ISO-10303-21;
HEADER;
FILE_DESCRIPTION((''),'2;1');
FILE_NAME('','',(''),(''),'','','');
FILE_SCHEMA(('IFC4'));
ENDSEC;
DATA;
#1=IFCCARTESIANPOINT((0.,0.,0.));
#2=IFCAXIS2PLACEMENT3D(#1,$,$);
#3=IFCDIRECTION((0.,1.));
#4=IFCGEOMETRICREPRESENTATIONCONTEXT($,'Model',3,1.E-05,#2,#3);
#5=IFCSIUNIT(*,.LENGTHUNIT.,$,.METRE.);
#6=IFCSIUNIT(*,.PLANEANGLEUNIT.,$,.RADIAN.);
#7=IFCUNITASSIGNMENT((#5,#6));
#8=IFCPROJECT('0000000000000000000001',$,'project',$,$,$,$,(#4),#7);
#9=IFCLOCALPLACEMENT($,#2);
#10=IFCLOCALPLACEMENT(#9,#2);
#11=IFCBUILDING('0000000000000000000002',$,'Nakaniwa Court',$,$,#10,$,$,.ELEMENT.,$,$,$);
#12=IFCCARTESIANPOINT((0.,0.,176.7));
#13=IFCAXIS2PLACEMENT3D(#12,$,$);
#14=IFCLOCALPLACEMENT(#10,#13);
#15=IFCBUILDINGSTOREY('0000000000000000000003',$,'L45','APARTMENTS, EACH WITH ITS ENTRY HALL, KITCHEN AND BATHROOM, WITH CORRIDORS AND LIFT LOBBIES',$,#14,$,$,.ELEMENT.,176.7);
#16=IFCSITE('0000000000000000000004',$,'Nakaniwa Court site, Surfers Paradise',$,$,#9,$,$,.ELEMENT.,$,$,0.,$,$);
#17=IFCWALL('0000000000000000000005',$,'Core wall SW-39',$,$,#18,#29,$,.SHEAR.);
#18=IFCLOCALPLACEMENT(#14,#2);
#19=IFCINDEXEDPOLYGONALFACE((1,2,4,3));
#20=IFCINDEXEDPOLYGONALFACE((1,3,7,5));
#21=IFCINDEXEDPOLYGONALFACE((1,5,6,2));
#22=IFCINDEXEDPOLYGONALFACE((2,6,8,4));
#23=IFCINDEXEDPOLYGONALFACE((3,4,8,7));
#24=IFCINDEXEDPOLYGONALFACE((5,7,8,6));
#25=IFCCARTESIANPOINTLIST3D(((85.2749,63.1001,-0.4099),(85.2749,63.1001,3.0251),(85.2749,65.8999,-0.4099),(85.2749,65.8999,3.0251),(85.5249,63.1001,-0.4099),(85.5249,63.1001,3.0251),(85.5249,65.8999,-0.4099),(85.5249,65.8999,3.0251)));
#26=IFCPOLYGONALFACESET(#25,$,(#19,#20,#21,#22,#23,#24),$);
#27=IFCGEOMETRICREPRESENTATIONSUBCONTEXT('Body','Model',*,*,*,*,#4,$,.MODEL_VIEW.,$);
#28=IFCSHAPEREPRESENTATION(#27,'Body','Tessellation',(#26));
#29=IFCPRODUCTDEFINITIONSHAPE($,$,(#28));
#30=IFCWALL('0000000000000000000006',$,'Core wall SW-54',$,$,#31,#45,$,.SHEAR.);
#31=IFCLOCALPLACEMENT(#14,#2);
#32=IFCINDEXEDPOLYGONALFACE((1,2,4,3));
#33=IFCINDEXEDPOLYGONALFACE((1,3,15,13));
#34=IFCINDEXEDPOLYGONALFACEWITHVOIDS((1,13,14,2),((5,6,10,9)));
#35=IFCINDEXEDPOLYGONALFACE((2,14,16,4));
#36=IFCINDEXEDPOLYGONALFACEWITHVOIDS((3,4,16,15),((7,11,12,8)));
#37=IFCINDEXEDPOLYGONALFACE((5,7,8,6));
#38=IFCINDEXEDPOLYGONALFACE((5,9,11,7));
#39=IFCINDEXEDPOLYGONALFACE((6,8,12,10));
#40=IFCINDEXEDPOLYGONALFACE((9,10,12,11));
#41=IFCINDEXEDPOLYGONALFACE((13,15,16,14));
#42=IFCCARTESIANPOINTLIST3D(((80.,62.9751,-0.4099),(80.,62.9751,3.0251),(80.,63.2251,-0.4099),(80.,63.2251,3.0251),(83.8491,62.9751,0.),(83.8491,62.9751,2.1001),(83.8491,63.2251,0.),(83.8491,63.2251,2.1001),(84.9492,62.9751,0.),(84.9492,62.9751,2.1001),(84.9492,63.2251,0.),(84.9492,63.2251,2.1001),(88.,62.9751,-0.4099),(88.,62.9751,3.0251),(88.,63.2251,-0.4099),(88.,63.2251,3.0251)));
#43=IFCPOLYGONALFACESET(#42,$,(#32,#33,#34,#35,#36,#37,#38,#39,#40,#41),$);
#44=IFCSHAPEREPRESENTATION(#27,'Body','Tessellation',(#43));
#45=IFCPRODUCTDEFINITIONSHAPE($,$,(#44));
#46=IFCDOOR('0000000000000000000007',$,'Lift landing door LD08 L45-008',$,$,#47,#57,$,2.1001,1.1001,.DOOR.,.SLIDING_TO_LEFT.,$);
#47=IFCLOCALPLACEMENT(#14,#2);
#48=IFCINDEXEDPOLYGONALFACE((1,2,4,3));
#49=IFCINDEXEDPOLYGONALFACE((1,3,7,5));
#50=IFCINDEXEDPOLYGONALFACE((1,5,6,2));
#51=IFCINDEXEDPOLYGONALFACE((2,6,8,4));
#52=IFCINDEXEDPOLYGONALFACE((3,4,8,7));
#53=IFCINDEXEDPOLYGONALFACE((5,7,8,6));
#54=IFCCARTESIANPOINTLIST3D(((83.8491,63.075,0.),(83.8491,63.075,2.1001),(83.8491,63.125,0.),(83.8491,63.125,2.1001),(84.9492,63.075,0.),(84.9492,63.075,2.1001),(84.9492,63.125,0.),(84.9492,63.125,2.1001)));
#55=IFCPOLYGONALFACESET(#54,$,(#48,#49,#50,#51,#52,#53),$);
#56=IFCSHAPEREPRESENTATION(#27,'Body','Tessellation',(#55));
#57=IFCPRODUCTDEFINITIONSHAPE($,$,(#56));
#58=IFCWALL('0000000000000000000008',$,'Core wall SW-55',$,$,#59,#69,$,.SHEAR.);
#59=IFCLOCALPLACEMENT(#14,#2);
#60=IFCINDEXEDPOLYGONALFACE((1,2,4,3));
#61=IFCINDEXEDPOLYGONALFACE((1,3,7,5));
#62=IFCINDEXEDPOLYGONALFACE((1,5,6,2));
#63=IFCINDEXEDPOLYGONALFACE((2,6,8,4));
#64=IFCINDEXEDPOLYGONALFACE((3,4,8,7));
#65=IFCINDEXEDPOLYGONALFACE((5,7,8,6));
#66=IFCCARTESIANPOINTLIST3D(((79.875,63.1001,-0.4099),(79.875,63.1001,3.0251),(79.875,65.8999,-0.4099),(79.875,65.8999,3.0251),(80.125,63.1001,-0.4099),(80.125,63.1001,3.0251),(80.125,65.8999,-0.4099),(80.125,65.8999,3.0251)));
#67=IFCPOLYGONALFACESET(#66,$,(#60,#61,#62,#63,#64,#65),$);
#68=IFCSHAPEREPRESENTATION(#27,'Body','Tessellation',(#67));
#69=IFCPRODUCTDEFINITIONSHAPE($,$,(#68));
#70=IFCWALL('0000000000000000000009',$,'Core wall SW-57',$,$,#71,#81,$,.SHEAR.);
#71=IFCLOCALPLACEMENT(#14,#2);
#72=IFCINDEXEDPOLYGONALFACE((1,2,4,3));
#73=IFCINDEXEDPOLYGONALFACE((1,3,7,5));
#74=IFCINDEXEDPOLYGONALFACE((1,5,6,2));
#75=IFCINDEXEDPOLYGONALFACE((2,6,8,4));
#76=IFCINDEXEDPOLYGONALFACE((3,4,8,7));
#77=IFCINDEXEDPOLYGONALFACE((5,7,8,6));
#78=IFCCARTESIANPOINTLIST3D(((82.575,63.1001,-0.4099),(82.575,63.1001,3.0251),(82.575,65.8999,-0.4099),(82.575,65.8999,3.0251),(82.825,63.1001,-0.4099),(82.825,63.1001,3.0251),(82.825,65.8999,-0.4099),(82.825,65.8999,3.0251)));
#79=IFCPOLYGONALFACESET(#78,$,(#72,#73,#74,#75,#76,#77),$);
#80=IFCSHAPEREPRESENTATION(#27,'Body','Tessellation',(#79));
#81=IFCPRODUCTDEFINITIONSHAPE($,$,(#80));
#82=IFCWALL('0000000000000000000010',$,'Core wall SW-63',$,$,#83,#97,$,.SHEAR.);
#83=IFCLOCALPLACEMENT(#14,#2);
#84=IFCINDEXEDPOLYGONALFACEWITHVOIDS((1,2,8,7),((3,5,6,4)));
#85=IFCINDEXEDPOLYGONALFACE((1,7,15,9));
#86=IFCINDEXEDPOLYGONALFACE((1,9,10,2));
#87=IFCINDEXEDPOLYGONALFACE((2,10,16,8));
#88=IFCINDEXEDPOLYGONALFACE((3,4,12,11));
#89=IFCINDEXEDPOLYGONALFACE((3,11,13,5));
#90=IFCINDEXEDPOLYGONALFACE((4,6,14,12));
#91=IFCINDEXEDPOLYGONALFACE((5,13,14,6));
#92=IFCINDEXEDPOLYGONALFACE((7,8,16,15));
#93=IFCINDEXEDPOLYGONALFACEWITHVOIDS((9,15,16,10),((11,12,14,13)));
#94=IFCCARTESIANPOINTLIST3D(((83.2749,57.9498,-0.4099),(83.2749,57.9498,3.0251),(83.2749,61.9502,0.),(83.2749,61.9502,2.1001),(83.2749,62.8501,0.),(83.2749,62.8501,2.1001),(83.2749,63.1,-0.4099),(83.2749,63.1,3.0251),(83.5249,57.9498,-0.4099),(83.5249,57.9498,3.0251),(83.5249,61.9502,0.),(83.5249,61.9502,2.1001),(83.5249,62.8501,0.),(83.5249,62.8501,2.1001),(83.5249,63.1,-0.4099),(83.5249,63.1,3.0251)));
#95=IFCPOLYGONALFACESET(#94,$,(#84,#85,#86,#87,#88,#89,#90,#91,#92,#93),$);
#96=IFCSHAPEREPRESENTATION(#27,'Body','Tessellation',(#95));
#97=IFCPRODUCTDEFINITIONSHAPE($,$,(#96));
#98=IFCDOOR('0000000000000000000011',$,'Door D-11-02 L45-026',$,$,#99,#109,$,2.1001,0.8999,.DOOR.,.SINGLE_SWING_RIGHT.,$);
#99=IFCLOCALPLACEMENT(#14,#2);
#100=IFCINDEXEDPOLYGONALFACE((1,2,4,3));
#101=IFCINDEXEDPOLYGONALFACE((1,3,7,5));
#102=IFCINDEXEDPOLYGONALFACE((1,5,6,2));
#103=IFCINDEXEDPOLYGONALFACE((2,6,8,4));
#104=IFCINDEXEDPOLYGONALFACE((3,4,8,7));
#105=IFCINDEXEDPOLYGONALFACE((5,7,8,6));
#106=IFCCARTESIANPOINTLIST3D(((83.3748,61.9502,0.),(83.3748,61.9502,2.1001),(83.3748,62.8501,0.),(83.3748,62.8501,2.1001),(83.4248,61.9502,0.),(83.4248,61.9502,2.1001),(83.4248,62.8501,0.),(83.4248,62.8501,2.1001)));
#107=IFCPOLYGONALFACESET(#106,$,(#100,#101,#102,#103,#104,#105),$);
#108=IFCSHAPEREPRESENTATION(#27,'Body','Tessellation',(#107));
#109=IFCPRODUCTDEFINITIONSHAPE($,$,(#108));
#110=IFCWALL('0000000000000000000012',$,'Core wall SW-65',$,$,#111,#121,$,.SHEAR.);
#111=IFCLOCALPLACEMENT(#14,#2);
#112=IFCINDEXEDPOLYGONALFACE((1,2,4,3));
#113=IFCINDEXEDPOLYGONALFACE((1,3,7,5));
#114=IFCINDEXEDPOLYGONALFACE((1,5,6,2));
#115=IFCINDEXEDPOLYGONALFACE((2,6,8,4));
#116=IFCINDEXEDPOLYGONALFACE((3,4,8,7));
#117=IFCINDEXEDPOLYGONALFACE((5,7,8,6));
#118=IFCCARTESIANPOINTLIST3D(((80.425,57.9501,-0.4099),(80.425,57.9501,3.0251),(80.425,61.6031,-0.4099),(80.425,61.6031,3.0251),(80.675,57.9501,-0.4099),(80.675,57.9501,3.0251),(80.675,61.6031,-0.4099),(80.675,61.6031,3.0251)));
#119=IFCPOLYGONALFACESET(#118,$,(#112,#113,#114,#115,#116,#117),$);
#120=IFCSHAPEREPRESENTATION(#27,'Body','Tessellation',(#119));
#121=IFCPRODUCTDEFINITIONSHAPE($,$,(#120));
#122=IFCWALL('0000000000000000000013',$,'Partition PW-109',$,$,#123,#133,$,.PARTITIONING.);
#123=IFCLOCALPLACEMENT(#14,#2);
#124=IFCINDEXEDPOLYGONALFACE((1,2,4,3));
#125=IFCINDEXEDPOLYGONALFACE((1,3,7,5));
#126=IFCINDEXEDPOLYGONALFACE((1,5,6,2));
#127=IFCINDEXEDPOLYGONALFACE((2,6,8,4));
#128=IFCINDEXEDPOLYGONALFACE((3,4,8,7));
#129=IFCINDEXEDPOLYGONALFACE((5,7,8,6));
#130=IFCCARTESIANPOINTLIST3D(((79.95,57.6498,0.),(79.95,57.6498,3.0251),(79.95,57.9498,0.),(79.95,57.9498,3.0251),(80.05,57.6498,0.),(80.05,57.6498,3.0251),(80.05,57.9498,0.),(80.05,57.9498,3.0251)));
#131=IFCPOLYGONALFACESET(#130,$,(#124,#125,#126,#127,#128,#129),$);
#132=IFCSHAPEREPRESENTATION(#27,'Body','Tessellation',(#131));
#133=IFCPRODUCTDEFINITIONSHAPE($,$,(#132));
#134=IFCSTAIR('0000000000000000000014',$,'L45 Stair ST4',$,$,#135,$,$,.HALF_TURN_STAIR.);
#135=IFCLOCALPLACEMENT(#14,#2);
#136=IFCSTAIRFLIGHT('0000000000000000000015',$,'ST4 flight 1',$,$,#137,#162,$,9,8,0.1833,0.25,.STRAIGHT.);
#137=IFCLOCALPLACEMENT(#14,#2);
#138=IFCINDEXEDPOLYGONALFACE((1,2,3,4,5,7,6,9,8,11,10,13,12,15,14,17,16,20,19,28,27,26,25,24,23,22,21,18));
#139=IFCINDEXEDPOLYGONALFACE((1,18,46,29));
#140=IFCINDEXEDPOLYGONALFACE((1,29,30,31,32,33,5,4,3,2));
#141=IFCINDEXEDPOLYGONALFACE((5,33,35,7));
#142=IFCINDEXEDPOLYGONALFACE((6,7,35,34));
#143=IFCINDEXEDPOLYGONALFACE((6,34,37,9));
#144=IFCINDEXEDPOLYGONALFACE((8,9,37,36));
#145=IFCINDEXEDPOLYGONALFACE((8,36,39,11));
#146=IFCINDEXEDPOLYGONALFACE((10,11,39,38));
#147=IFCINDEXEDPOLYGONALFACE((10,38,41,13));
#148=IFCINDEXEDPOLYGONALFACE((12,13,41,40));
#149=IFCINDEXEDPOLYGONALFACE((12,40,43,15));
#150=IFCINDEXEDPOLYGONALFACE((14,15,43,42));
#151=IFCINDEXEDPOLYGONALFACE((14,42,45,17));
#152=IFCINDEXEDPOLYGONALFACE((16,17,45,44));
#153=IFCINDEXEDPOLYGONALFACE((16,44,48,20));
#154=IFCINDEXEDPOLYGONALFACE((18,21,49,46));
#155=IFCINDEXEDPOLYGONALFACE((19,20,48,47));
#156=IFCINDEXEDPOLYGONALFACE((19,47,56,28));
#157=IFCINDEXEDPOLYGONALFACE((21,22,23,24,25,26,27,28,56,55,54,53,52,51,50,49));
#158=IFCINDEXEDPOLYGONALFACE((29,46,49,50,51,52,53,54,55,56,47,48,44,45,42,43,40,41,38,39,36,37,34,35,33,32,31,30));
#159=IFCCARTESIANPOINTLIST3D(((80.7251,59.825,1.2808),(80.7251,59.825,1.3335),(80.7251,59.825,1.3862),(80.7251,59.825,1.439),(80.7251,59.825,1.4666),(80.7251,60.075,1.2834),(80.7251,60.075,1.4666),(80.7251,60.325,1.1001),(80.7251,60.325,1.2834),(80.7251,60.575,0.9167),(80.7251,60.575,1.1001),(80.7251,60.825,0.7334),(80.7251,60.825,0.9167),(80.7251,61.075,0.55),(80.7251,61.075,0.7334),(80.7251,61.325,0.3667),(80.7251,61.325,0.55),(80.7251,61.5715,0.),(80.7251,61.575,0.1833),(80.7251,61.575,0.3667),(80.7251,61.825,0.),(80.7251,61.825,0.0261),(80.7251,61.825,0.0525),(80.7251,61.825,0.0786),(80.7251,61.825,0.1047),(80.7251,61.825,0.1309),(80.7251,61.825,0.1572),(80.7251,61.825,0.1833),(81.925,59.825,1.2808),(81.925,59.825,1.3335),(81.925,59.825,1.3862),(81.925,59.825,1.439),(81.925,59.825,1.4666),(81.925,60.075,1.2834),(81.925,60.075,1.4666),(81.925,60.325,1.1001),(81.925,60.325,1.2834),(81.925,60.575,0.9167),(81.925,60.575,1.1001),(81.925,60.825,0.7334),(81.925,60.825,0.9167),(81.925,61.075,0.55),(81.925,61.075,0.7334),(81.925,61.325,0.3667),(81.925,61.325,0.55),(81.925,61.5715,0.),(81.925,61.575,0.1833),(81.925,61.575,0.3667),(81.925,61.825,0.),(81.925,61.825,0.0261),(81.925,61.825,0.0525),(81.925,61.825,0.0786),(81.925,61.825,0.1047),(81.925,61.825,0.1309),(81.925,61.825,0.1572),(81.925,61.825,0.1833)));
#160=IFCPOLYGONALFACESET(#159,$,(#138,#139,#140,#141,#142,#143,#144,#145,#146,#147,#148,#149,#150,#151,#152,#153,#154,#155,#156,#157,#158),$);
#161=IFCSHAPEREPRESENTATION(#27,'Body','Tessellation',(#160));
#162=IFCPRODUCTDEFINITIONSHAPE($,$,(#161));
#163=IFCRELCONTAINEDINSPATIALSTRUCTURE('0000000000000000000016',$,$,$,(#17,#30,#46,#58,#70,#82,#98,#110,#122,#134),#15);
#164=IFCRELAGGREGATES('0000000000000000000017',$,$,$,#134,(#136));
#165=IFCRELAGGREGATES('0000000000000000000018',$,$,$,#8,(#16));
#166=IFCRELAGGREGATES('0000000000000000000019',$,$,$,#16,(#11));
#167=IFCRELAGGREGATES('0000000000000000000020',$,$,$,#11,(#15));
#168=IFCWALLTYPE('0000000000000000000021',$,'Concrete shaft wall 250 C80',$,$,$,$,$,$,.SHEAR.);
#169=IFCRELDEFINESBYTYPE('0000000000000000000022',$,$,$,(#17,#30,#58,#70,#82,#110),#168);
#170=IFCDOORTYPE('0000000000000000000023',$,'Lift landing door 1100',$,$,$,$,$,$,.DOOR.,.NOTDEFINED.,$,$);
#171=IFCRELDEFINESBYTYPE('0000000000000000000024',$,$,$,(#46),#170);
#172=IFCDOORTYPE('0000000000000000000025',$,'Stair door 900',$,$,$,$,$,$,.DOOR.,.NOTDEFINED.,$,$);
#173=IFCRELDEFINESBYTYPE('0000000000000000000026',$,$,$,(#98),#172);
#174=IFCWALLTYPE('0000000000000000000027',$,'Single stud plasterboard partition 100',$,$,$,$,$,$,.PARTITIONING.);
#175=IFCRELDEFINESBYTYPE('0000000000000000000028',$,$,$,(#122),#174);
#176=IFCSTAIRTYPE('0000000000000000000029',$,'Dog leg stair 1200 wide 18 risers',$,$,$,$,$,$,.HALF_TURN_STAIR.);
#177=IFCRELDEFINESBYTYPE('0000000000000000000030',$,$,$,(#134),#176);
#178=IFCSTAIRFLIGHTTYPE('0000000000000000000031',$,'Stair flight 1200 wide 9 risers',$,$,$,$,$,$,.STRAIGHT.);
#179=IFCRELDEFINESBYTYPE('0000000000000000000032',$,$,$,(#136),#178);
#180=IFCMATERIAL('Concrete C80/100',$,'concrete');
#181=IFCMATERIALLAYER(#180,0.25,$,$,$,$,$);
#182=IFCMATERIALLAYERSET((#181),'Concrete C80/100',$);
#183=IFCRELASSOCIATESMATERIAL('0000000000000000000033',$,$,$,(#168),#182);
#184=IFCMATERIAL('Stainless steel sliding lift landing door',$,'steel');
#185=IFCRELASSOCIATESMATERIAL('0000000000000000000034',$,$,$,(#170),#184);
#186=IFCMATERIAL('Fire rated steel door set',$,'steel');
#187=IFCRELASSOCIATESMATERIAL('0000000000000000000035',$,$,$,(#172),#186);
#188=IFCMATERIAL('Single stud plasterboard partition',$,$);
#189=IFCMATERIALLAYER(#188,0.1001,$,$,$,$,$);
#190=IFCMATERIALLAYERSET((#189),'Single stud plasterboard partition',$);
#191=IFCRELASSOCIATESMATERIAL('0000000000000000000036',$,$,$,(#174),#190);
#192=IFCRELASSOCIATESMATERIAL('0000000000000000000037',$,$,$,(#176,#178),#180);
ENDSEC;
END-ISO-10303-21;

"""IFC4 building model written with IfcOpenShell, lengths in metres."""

from ifc_helpers import new_model, si_unit, direction, frame, frame_2d, origin, place, context, subcontext, project, spatial, polyline, rectangle, outline, extrude, material, layer, layer_set, type_object, element, fill, aggregate, save


model = new_model("IFC4")

# Units and contexts
model_context = context("Model", 3, precision=1e-05, world=origin(), true_north=direction((0.0, 1.0)))
body_context = subcontext(model_context, "Body", "Model", "MODEL_VIEW")
ifc_project = project(units=[si_unit("LENGTHUNIT", "METRE"), si_unit("PLANEANGLEUNIT", "RADIAN")], contexts=[model_context])

# Site, building, storey
site_placement = place(None, origin())
site = spatial("IfcSite", under=ifc_project, at=site_placement, Name="Nakaniwa Court site, Surfers Paradise", CompositionType="ELEMENT", RefElevation=0.0)
building_placement = place(site_placement, origin())
building = spatial("IfcBuilding", under=site, at=building_placement, Name="Nakaniwa Court", CompositionType="ELEMENT")
storey_placement = place(building_placement, frame((0.0, 0.0, 176.7)))
storey = spatial("IfcBuildingStorey", under=building, at=storey_placement, Name="L45", Description="APARTMENTS, EACH WITH ITS ENTRY HALL, KITCHEN AND BATHROOM, WITH CORRIDORS AND LIFT LOBBIES", CompositionType="ELEMENT", Elevation=176.7)

# Shared definitions
ifc_material_1 = material(Name="Concrete C80/100", Category="concrete")

# Shared definitions
ifc_material_2 = material(Name="Fire rated steel door set", Category="steel")

# Wall
ifc_layer_1 = layer(ifc_material_1, 0.25)
ifc_layer_set_1 = layer_set([ifc_layer_1], Name="Concrete C80/100")
wall_type_1 = type_object("IfcWallType", Name="Concrete shaft wall 250 C80", PredefinedType="SHEAR", material=ifc_layer_set_1)
wall_1_placement = place(storey_placement, frame((85.3999, 63.1001, -0.4099), z_axis=(0.0, 0.0, 1.0), x_axis=(0.0, 1.0, 0.0)))
element("IfcWall", 1, at=wall_1_placement, inside=storey, type_object=wall_type_1, Name="Core wall SW-39", PredefinedType="SHEAR", context=body_context, shape_type="SweptSolid", body=[
    extrude(rectangle(XDim=2.7998, YDim=0.25, at=frame_2d((1.3999, 0.0))), origin(), (0.0, 0.0, 1.0), 3.4351),
])

# Wall, opening, door
wall_2_placement = place(storey_placement, frame((80.0, 63.1001, -0.4099), z_axis=(0.0, 0.0, 1.0), x_axis=(1.0, 0.0, 0.0)))
wall_2 = element("IfcWall", 2, at=wall_2_placement, inside=storey, type_object=wall_type_1, Name="Core wall SW-54", PredefinedType="SHEAR", context=body_context, shape_type="SweptSolid", body=[
    extrude(rectangle(XDim=8.0, YDim=0.25, at=frame_2d((4.0, 0.0))), origin(), (0.0, 0.0, 1.0), 3.4351),
])
opening_1_placement = place(wall_2_placement, frame((3.8491, 0.0, 0.4099)))
opening_1 = element("IfcOpeningElement", 3, at=opening_1_placement, cuts=wall_2, PredefinedType="OPENING", context=body_context, shape_type="SweptSolid", body=[
    extrude(rectangle(XDim=1.1001, YDim=2.1001, at=frame_2d((0.55, 1.05))), frame((0.0, 0.135, 0.0), z_axis=(0.0, -1.0, 0.0), x_axis=(1.0, 0.0, 0.0)), (0.0, 0.0, 1.0), 0.27),
])
ifc_material_3 = material(Name="Stainless steel sliding lift landing door", Category="steel")
door_type_1 = type_object("IfcDoorType", Name="Lift landing door 1100", OperationType="NOTDEFINED", PredefinedType="DOOR", material=ifc_material_3)
door_1_placement = place(opening_1_placement, origin())
door_1 = element("IfcDoor", 4, at=door_1_placement, inside=storey, type_object=door_type_1, Name="Lift landing door LD08 L45-008", OperationType="SLIDING_TO_LEFT", OverallHeight=2.1001, OverallWidth=1.1001, PredefinedType="DOOR", context=body_context, shape_type="SweptSolid", body=[
    extrude(rectangle(XDim=1.1001, YDim=2.1001, at=frame_2d((0.55, 1.05))), frame((0.0, 0.0249, 0.0), z_axis=(0.0, -1.0, 0.0), x_axis=(1.0, 0.0, 0.0)), (0.0, 0.0, 1.0), 0.05),
])
fill(opening_1, door_1)

# Walls
for number, where, z_axis, x_axis, name in (
    (5, (80.0, 63.1001, -0.4099), (0.0, 0.0, 1.0), (0.0, 1.0, 0.0), "Core wall SW-55"),
    (6, (82.7, 63.1001, -0.4099), (0.0, 0.0, 1.0), (0.0, 1.0, 0.0), "Core wall SW-57"),
):
    element("IfcWall", number, at=place(storey_placement, frame(where, z_axis=z_axis, x_axis=x_axis)), inside=storey, type_object=wall_type_1, Name=name, PredefinedType="SHEAR", context=body_context, shape_type="SweptSolid", body=[
        extrude(rectangle(XDim=2.7998, YDim=0.25, at=frame_2d((1.3999, 0.0))), origin(), (0.0, 0.0, 1.0), 3.4351),
    ])

# Wall, opening, door
wall_3_placement = place(storey_placement, frame((83.3999, 63.1001, -0.4099), z_axis=(0.0, 0.0, 1.0), x_axis=(0.0, -1.0, 0.0)))
wall_3 = element("IfcWall", 7, at=wall_3_placement, inside=storey, type_object=wall_type_1, Name="Core wall SW-63", PredefinedType="SHEAR", context=body_context, shape_type="SweptSolid", body=[
    extrude(rectangle(XDim=5.1501, YDim=0.25, at=frame_2d((2.5752, 0.0))), origin(), (0.0, 0.0, 1.0), 3.4351),
])
opening_2_placement = place(wall_3_placement, frame((0.25, 0.0, 0.4099)))
opening_2 = element("IfcOpeningElement", 8, at=opening_2_placement, cuts=wall_3, PredefinedType="OPENING", context=body_context, shape_type="SweptSolid", body=[
    extrude(rectangle(XDim=0.8999, YDim=2.1001, at=frame_2d((0.45, 1.05))), frame((0.0, 0.135, 0.0), z_axis=(0.0, -1.0, 0.0), x_axis=(1.0, 0.0, 0.0)), (0.0, 0.0, 1.0), 0.27),
])
door_type_2 = type_object("IfcDoorType", Name="Stair door 900", OperationType="NOTDEFINED", PredefinedType="DOOR", material=ifc_material_2)
door_2_placement = place(opening_2_placement, origin())
door_2 = element("IfcDoor", 9, at=door_2_placement, inside=storey, type_object=door_type_2, Name="Door D-11-02 L45-026", OperationType="SINGLE_SWING_RIGHT", OverallHeight=2.1001, OverallWidth=0.8999, PredefinedType="DOOR", context=body_context, shape_type="SweptSolid", body=[
    extrude(rectangle(XDim=0.8999, YDim=2.1001, at=frame_2d((0.45, 1.05))), frame((0.0, 0.0249, 0.0), z_axis=(0.0, -1.0, 0.0), x_axis=(1.0, 0.0, 0.0)), (0.0, 0.0, 1.0), 0.05),
])
fill(opening_2, door_2)

# Walls
wall_4_placement = place(storey_placement, frame((80.55, 57.95, -0.4099), z_axis=(0.0, 0.0, 1.0), x_axis=(0.0, 1.0, 0.0)))
element("IfcWall", 10, at=wall_4_placement, inside=storey, type_object=wall_type_1, Name="Core wall SW-65", PredefinedType="SHEAR", context=body_context, shape_type="SweptSolid", body=[
    extrude(rectangle(XDim=3.6531, YDim=0.25, at=frame_2d((1.8267, 0.0))), origin(), (0.0, 0.0, 1.0), 3.4351),
])
ifc_material_4 = material(Name="Single stud plasterboard partition")
ifc_layer_2 = layer(ifc_material_4, 0.1001)
ifc_layer_set_2 = layer_set([ifc_layer_2], Name="Single stud plasterboard partition")
wall_type_2 = type_object("IfcWallType", Name="Single stud plasterboard partition 100", PredefinedType="PARTITIONING", material=ifc_layer_set_2)
wall_5_placement = place(storey_placement, frame((80.0, 57.6499, 0.0), z_axis=(0.0, 0.0, 1.0), x_axis=(0.0, 1.0, 0.0)))
element("IfcWall", 11, at=wall_5_placement, inside=storey, type_object=wall_type_2, Name="Partition PW-109", PredefinedType="PARTITIONING", context=body_context, shape_type="SweptSolid", body=[
    extrude(rectangle(XDim=0.3, YDim=0.1001, at=frame_2d((0.1499, 0.0))), origin(), (0.0, 0.0, 1.0), 3.0251),
])

# Stair, stair flight
stair_type = type_object("IfcStairType", Name="Dog leg stair 1200 wide 18 risers", PredefinedType="HALF_TURN_STAIR", material=ifc_material_1)
stair_placement = place(storey_placement, origin())
stair = element("IfcStair", 12, at=stair_placement, inside=storey, type_object=stair_type, Name="L45 Stair ST4", PredefinedType="HALF_TURN_STAIR")
stair_flight_type = type_object("IfcStairFlightType", Name="Stair flight 1200 wide 9 risers", PredefinedType="STRAIGHT", material=ifc_material_1)
stair_flight_1_placement = place(storey_placement, frame((81.325, 61.825, 0.0), z_axis=(0.0, 0.0, 1.0), x_axis=(0.0, -1.0, 0.0)))
stair_flight_1 = element("IfcStairFlight", 13, at=stair_flight_1_placement, type_object=stair_flight_type, Name="ST4 flight 1", NumberOfRisers=9, NumberOfTreads=8, PredefinedType="STRAIGHT", RiserHeight=0.1833, TreadLength=0.25, context=body_context, shape_type="SweptSolid", body=[
    extrude(outline(polyline([(0.0, 0.0), (0.0, 0.0261), (0.0, 0.0525), (0.0, 0.0786), (0.0, 0.1047), (0.0, 0.1309), (0.0, 0.1572), (0.0, 0.1833), (0.25, 0.1833), (0.25, 0.3667), (0.5, 0.3667), (0.5, 0.55), (0.75, 0.55), (0.75, 0.7334), (1.0, 0.7334), (1.0, 0.9167), (1.25, 0.9167), (1.25, 1.1001), (1.5, 1.1001), (1.5, 1.2834), (1.75, 1.2834), (1.75, 1.4666), (2.0, 1.4666), (2.0, 1.6499), (2.0, 1.5972), (2.0, 1.5444), (2.0, 1.4917), (2.0, 1.439), (2.0, 1.3862), (2.0, 1.3335), (2.0, 1.2808), (0.2534, 0.0), (0.0, 0.0)])), frame((0.0, 0.6001, 0.0), z_axis=(0.0, -1.0, 0.0), x_axis=(1.0, 0.0, 0.0)), (0.0, 0.0, 1.0), 1.2),
])
aggregate(stair, [stair_flight_1])

save(model, "model.ifc")
